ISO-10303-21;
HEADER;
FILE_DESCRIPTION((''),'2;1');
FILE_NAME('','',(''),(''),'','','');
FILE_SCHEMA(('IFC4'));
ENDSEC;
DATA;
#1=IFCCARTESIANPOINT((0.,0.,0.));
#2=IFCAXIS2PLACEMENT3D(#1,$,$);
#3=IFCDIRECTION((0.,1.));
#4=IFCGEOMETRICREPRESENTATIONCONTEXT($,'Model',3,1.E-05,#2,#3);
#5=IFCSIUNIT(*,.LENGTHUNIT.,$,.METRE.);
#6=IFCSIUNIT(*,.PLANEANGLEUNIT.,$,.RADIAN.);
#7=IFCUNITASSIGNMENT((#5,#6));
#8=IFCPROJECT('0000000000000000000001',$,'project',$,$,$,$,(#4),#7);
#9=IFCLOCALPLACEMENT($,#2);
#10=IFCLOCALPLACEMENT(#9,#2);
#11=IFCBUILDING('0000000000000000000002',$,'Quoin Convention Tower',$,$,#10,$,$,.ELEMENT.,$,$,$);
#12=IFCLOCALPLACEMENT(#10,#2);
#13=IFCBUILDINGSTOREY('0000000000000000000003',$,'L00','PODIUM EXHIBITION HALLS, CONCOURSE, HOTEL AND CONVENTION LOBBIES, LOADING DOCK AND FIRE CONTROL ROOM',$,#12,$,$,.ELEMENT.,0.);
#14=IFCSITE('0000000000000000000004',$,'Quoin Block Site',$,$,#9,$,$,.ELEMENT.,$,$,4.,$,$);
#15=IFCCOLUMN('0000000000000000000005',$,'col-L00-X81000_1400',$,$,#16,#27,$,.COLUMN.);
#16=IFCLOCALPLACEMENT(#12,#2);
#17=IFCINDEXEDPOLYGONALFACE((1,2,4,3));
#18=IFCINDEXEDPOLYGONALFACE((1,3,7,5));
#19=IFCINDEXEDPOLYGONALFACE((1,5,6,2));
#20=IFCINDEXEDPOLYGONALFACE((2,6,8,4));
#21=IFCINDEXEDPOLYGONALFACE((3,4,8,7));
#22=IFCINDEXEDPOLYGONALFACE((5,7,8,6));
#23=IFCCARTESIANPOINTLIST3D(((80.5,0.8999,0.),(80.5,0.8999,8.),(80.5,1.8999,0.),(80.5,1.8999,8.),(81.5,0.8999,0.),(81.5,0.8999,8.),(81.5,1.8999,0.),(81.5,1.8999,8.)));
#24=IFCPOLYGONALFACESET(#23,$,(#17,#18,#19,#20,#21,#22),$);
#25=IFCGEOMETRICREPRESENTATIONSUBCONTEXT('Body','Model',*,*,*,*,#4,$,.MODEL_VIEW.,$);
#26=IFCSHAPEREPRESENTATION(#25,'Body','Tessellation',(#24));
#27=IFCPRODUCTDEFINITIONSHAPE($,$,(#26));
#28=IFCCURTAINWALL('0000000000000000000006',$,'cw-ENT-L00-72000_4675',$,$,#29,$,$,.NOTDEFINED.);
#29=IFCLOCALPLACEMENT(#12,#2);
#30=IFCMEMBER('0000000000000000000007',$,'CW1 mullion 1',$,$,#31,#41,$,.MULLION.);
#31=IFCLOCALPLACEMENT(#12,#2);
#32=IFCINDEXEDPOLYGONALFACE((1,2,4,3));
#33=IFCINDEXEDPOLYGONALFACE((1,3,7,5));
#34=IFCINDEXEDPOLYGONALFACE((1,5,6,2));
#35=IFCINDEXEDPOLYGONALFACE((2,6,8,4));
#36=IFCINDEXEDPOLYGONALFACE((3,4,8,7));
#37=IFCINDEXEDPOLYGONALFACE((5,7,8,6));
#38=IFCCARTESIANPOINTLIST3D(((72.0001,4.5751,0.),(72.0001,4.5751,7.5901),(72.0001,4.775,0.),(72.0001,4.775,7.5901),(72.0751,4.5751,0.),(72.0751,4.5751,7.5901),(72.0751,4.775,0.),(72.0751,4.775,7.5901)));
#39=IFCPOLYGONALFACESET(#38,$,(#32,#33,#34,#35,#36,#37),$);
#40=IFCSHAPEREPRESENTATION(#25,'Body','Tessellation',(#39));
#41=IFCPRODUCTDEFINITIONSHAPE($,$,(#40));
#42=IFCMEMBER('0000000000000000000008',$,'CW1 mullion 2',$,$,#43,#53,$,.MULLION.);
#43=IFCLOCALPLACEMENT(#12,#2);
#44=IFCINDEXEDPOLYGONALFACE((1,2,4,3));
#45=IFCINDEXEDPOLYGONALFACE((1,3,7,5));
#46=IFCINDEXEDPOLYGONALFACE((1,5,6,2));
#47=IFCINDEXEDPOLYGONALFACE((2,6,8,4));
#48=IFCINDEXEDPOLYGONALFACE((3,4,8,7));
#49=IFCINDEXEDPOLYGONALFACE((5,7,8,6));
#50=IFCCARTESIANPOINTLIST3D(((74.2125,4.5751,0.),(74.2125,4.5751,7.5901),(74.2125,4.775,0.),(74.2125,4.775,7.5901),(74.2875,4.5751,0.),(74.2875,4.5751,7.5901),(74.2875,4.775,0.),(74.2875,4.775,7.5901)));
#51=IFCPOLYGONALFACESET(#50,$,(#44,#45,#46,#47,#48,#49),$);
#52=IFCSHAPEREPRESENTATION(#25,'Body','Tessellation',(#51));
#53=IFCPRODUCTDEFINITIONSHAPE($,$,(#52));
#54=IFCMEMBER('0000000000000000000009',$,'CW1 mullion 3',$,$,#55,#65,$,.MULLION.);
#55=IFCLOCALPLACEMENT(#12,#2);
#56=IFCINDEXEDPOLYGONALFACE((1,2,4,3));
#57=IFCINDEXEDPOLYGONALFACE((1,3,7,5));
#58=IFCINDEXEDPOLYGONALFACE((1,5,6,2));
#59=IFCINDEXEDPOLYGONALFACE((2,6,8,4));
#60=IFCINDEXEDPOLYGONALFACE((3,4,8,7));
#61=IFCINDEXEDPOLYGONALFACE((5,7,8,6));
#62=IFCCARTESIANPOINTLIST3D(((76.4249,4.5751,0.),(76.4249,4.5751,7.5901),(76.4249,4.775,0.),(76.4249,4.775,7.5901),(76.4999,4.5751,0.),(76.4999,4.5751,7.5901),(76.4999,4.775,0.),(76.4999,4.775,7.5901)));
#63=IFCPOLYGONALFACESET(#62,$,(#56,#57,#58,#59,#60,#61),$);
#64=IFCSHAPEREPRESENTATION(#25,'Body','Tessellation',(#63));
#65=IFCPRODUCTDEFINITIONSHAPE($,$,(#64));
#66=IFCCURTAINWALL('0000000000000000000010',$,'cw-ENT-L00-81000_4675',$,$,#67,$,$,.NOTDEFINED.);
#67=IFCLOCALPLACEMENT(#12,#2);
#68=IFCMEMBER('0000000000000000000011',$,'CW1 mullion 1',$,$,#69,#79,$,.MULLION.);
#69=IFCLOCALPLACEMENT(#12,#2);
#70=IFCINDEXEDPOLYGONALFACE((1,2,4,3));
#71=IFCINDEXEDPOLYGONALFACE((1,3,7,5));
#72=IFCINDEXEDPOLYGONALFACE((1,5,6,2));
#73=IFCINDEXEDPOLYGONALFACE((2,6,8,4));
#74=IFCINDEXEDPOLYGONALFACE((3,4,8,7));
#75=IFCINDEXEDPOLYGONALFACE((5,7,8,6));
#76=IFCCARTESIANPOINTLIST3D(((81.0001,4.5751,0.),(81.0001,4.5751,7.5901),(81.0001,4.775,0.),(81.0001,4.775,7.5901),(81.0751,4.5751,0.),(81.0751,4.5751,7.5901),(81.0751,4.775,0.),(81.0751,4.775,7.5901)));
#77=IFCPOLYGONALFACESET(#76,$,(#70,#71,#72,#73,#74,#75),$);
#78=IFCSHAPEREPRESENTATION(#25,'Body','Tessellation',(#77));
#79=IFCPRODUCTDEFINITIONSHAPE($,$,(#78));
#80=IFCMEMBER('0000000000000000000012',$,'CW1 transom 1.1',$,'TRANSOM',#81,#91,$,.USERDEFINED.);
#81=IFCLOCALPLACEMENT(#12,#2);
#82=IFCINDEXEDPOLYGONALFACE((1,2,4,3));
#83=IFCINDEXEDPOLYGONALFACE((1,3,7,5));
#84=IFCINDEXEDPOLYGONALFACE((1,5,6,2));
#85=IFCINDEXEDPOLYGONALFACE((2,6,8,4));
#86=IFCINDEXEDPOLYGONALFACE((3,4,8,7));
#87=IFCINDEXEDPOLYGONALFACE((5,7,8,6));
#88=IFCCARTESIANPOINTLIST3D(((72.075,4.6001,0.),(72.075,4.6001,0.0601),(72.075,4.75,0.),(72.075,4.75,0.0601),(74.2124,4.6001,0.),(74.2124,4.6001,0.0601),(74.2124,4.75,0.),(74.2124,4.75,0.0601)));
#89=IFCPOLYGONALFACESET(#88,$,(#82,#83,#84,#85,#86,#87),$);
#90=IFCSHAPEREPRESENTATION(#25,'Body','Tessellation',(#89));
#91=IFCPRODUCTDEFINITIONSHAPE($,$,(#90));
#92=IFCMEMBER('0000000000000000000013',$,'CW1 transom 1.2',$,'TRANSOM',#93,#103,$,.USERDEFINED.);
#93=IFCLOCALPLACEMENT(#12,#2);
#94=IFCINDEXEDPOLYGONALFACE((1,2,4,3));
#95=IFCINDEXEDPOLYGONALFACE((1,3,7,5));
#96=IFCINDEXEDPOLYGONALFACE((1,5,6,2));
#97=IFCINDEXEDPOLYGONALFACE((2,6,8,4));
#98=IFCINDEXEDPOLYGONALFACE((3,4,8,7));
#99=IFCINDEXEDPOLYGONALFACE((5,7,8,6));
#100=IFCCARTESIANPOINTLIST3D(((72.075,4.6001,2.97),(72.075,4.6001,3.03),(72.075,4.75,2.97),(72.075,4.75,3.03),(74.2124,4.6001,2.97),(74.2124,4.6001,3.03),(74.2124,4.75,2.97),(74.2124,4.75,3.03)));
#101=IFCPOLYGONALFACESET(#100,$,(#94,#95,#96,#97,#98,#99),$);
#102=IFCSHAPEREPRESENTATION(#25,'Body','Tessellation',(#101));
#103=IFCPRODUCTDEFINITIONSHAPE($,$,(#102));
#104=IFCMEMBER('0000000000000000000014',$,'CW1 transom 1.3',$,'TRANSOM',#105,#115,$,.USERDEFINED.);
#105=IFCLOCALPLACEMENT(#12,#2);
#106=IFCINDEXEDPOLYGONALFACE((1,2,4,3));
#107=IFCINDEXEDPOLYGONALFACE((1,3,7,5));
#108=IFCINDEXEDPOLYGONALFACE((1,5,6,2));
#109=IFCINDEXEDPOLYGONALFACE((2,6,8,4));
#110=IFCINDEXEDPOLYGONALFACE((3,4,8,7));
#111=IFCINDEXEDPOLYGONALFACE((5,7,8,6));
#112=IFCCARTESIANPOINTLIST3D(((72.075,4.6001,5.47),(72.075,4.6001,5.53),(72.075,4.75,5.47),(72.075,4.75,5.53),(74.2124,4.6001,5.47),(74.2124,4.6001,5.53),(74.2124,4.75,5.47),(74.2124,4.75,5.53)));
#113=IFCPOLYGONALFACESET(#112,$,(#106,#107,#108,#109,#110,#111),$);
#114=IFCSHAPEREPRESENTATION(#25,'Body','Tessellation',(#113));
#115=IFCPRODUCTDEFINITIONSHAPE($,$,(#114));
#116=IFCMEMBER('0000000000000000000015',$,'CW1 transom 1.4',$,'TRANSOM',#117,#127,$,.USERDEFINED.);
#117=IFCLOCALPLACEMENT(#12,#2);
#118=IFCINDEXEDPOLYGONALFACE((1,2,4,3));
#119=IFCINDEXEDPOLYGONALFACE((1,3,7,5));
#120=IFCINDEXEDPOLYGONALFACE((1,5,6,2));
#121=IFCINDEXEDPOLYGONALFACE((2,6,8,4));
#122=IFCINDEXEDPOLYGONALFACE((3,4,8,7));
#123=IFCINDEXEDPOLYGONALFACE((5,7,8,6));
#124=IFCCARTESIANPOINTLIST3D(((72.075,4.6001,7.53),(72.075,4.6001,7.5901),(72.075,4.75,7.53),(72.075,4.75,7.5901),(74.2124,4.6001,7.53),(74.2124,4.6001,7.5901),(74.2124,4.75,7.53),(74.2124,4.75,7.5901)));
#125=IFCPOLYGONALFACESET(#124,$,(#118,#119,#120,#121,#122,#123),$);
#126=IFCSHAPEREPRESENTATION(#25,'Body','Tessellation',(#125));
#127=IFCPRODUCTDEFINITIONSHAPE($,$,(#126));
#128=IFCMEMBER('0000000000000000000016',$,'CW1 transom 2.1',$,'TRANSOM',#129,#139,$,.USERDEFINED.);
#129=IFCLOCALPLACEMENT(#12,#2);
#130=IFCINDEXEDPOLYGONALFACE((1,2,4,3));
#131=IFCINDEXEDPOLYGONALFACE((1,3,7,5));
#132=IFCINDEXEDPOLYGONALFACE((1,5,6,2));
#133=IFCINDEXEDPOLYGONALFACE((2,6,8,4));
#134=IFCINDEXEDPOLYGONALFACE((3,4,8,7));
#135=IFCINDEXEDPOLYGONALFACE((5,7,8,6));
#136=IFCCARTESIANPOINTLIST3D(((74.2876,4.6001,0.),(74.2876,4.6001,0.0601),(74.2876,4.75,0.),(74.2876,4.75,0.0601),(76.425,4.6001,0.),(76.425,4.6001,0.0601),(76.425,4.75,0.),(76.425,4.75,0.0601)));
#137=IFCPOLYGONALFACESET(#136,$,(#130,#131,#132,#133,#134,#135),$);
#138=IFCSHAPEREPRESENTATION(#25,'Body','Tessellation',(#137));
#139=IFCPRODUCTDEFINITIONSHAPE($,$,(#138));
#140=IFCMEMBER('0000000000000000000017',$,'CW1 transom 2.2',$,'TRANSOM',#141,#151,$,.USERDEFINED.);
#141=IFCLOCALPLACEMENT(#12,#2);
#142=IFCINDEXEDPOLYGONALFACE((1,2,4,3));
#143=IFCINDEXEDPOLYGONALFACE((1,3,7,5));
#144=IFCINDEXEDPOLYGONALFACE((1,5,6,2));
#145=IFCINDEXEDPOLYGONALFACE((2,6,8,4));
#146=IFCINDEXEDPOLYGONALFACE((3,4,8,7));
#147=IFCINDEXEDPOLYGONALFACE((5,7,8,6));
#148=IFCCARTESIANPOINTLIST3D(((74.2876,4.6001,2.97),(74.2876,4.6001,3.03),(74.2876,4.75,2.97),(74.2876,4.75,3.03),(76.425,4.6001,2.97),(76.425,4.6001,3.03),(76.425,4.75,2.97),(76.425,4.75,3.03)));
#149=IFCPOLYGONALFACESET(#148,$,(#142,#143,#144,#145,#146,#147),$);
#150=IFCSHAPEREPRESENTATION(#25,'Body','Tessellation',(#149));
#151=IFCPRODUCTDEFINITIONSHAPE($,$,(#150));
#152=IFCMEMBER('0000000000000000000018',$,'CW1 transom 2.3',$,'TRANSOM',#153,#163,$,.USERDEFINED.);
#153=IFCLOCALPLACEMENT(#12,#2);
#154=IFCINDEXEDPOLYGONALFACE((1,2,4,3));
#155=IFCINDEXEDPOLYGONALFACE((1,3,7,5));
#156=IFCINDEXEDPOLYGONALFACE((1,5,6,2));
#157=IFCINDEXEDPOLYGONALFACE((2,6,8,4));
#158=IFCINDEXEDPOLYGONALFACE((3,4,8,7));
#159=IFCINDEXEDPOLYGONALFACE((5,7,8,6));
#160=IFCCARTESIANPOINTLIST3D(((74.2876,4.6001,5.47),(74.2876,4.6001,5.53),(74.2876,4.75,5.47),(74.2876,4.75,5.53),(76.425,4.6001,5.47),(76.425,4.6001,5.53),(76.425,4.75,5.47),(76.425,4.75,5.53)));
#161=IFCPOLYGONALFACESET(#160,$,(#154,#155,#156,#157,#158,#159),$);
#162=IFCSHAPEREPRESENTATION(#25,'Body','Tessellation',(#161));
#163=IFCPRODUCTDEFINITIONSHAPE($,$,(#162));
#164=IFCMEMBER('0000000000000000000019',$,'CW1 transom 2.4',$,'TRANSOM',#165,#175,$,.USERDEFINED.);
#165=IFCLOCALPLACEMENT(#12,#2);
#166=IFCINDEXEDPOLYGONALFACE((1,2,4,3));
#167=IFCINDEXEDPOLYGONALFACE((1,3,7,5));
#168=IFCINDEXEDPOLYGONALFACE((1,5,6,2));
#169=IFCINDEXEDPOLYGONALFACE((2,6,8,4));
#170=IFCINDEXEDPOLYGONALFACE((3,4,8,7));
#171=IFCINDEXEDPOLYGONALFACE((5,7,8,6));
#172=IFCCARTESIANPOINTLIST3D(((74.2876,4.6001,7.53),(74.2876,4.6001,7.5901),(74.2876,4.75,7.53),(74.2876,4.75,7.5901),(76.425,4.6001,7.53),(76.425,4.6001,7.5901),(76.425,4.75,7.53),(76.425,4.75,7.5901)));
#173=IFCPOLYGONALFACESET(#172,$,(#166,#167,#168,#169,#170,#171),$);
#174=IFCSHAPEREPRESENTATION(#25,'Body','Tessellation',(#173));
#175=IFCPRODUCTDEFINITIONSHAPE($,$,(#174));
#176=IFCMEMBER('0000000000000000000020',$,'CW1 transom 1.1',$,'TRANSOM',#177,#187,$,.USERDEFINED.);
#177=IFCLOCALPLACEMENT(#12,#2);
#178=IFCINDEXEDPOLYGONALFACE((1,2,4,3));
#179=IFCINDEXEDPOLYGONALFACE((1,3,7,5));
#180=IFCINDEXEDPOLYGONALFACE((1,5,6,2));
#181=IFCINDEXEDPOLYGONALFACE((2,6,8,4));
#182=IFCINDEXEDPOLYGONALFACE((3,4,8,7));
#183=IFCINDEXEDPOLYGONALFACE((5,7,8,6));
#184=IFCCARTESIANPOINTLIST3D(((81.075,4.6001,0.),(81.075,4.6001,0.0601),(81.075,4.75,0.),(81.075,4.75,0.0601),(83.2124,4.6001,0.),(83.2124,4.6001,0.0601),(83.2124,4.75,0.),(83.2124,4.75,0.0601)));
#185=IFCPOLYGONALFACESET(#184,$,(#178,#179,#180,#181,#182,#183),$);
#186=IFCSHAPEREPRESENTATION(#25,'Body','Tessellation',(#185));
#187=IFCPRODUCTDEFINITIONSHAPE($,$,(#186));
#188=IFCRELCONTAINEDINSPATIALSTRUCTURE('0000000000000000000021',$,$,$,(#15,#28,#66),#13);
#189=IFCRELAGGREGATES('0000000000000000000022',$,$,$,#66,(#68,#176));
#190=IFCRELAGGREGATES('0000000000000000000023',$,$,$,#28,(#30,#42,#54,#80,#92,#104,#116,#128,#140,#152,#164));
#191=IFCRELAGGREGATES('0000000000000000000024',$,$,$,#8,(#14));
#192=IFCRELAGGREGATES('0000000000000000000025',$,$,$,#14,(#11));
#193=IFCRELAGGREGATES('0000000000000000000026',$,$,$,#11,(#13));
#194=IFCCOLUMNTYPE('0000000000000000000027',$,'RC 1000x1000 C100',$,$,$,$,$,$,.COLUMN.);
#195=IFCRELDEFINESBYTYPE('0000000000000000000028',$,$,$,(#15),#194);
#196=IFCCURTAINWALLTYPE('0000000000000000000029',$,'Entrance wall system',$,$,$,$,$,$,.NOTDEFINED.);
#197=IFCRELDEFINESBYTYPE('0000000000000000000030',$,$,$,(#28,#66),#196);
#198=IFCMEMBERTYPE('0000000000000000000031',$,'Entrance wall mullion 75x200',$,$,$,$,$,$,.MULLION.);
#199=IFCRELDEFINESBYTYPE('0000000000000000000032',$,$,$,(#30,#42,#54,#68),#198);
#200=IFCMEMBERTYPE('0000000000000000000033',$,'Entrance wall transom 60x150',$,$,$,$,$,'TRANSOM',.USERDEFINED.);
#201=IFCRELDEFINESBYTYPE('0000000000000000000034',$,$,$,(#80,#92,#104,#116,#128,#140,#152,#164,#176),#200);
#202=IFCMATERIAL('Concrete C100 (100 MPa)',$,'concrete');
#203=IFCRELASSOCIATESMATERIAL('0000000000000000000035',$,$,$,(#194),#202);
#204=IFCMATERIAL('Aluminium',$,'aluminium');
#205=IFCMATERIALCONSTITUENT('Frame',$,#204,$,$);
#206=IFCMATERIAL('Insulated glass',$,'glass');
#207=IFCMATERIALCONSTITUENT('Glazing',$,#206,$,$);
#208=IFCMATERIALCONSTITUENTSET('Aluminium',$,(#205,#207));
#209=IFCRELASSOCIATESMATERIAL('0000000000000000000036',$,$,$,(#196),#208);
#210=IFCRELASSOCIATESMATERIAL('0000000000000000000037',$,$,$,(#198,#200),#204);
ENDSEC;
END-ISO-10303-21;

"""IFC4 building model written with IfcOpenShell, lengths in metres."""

from ifc_helpers import new_model, si_unit, direction, frame, origin, origin_2d, place, context, subcontext, project, spatial, rectangle, extrude, material, constituent, constituent_set, material_profile, profile_set, type_object, element, aggregate, save


model = new_model("IFC4")

# Units and contexts
model_context = context("Model", 3, precision=1e-05, world=origin(), true_north=direction((0.0, 1.0)))
body_context = subcontext(model_context, "Body", "Model", "MODEL_VIEW")
ifc_project = project(units=[si_unit("LENGTHUNIT", "METRE"), si_unit("PLANEANGLEUNIT", "RADIAN")], contexts=[model_context])

# Site, building, storey
site_placement = place(None, origin())
site = spatial("IfcSite", under=ifc_project, at=site_placement, Name="Quoin Block Site", CompositionType="ELEMENT", RefElevation=4.0)
building_placement = place(site_placement, origin())
building = spatial("IfcBuilding", under=site, at=building_placement, Name="Quoin Convention Tower", CompositionType="ELEMENT")
storey_placement = place(building_placement, origin())
storey = spatial("IfcBuildingStorey", under=building, at=storey_placement, Name="L00", Description="PODIUM EXHIBITION HALLS, CONCOURSE, HOTEL AND CONVENTION LOBBIES, LOADING DOCK AND FIRE CONTROL ROOM", CompositionType="ELEMENT", Elevation=0.0)

# Column
ifc_material_1 = material(Name="Concrete C100 (100 MPa)", Category="concrete")
ifc_material_profile_1 = material_profile(ifc_material_1, rectangle(XDim=1.0, YDim=1.0, at=origin_2d()), Name="RC 1000x1000")
ifc_profile_set_1 = profile_set([ifc_material_profile_1], Name="Concrete C100 (100 MPa)")
column_type = type_object("IfcColumnType", Name="RC 1000x1000 C100", PredefinedType="COLUMN", material=ifc_profile_set_1)
column_placement = place(storey_placement, frame((81.0, 1.3999, 0.0), z_axis=(0.0, 0.0, 1.0), x_axis=(1.0, 0.0, 0.0)))
element("IfcColumn", 1, at=column_placement, inside=storey, type_object=column_type, Name="col-L00-X81000_1400", PredefinedType="COLUMN", context=body_context, shape_type="SweptSolid", body=[
    extrude(rectangle(XDim=1.0, YDim=1.0, at=origin_2d()), origin(), (0.0, 0.0, 1.0), 8.0),
])

# Curtain wall, members
ifc_material_2 = material(Name="Aluminium", Category="aluminium")
ifc_constituent_1 = constituent(ifc_material_2, Name="Frame")
ifc_material_3 = material(Name="Insulated glass", Category="glass")
ifc_constituent_2 = constituent(ifc_material_3, Name="Glazing")
ifc_constituent_set_1 = constituent_set(constituents=[ifc_constituent_1, ifc_constituent_2], Name="Aluminium")
curtain_wall_type = type_object("IfcCurtainWallType", Name="Entrance wall system", PredefinedType="NOTDEFINED", material=ifc_constituent_set_1)
curtain_wall_1_placement = place(storey_placement, origin())
curtain_wall_1 = element("IfcCurtainWall", 2, at=curtain_wall_1_placement, inside=storey, type_object=curtain_wall_type, Name="cw-ENT-L00-72000_4675", PredefinedType="NOTDEFINED")
ifc_material_profile_2 = material_profile(ifc_material_2, rectangle(XDim=0.2, YDim=0.075, at=origin_2d()), Name="Entrance wall mullion 75x200")
ifc_profile_set_2 = profile_set([ifc_material_profile_2], Name="Aluminium")
member_type_1 = type_object("IfcMemberType", Name="Entrance wall mullion 75x200", PredefinedType="MULLION", material=ifc_profile_set_2)
member_1_placement = place(storey_placement, frame((72.0376, 4.675, 0.0), z_axis=(0.0, 0.0, 1.0), x_axis=(0.0, 1.0, 0.0)))
member_1 = element("IfcMember", 3, at=member_1_placement, type_object=member_type_1, Name="CW1 mullion 1", PredefinedType="MULLION", context=body_context, shape_type="SweptSolid", body=[
    extrude(rectangle(XDim=0.2, YDim=0.075, at=origin_2d()), origin(), (0.0, 0.0, 1.0), 7.5901),
])
member_2_placement = place(storey_placement, frame((74.25, 4.675, 0.0), z_axis=(0.0, 0.0, 1.0), x_axis=(0.0, 1.0, 0.0)))
member_2 = element("IfcMember", 4, at=member_2_placement, type_object=member_type_1, Name="CW1 mullion 2", PredefinedType="MULLION", context=body_context, shape_type="SweptSolid", body=[
    extrude(rectangle(XDim=0.2, YDim=0.075, at=origin_2d()), origin(), (0.0, 0.0, 1.0), 7.5901),
])
member_3_placement = place(storey_placement, frame((76.4624, 4.675, 0.0), z_axis=(0.0, 0.0, 1.0), x_axis=(0.0, 1.0, 0.0)))
member_3 = element("IfcMember", 5, at=member_3_placement, type_object=member_type_1, Name="CW1 mullion 3", PredefinedType="MULLION", context=body_context, shape_type="SweptSolid", body=[
    extrude(rectangle(XDim=0.2, YDim=0.075, at=origin_2d()), origin(), (0.0, 0.0, 1.0), 7.5901),
])

# Curtain wall, member
curtain_wall_2_placement = place(storey_placement, origin())
curtain_wall_2 = element("IfcCurtainWall", 6, at=curtain_wall_2_placement, inside=storey, type_object=curtain_wall_type, Name="cw-ENT-L00-81000_4675", PredefinedType="NOTDEFINED")
member_4_placement = place(storey_placement, frame((81.0376, 4.675, 0.0), z_axis=(0.0, 0.0, 1.0), x_axis=(0.0, 1.0, 0.0)))
member_4 = element("IfcMember", 7, at=member_4_placement, type_object=member_type_1, Name="CW1 mullion 1", PredefinedType="MULLION", context=body_context, shape_type="SweptSolid", body=[
    extrude(rectangle(XDim=0.2, YDim=0.075, at=origin_2d()), origin(), (0.0, 0.0, 1.0), 7.5901),
])

# Members
ifc_material_profile_3 = material_profile(ifc_material_2, rectangle(XDim=0.1499, YDim=0.0601, at=origin_2d()), Name="Entrance wall transom 60x150")
ifc_profile_set_3 = profile_set([ifc_material_profile_3], Name="Aluminium")
member_type_2 = type_object("IfcMemberType", Name="Entrance wall transom 60x150", ElementType="TRANSOM", PredefinedType="USERDEFINED", material=ifc_profile_set_3)
member_5_placement = place(storey_placement, frame((72.075, 4.675, 0.03), z_axis=(1.0, 0.0, 0.0), x_axis=(0.0, 1.0, 0.0)))
member_5 = element("IfcMember", 8, at=member_5_placement, type_object=member_type_2, Name="CW1 transom 1.1", ObjectType="TRANSOM", PredefinedType="USERDEFINED", context=body_context, shape_type="SweptSolid", body=[
    extrude(rectangle(XDim=0.1499, YDim=0.0601, at=origin_2d()), origin(), (0.0, 0.0, 1.0), 2.1375),
])
member_6_placement = place(storey_placement, frame((72.075, 4.675, 3.0), z_axis=(1.0, 0.0, 0.0), x_axis=(0.0, 1.0, 0.0)))
member_6 = element("IfcMember", 9, at=member_6_placement, type_object=member_type_2, Name="CW1 transom 1.2", ObjectType="TRANSOM", PredefinedType="USERDEFINED", context=body_context, shape_type="SweptSolid", body=[
    extrude(rectangle(XDim=0.1499, YDim=0.0601, at=origin_2d()), origin(), (0.0, 0.0, 1.0), 2.1375),
])
member_7_placement = place(storey_placement, frame((72.075, 4.675, 5.5), z_axis=(1.0, 0.0, 0.0), x_axis=(0.0, 1.0, 0.0)))
member_7 = element("IfcMember", 10, at=member_7_placement, type_object=member_type_2, Name="CW1 transom 1.3", ObjectType="TRANSOM", PredefinedType="USERDEFINED", context=body_context, shape_type="SweptSolid", body=[
    extrude(rectangle(XDim=0.1499, YDim=0.0601, at=origin_2d()), origin(), (0.0, 0.0, 1.0), 2.1375),
])
member_8_placement = place(storey_placement, frame((72.075, 4.675, 7.5601), z_axis=(1.0, 0.0, 0.0), x_axis=(0.0, 1.0, 0.0)))
member_8 = element("IfcMember", 11, at=member_8_placement, type_object=member_type_2, Name="CW1 transom 1.4", ObjectType="TRANSOM", PredefinedType="USERDEFINED", context=body_context, shape_type="SweptSolid", body=[
    extrude(rectangle(XDim=0.1499, YDim=0.0601, at=origin_2d()), origin(), (0.0, 0.0, 1.0), 2.1375),
])
member_9_placement = place(storey_placement, frame((74.2876, 4.675, 0.03), z_axis=(1.0, 0.0, 0.0), x_axis=(0.0, 1.0, 0.0)))
member_9 = element("IfcMember", 12, at=member_9_placement, type_object=member_type_2, Name="CW1 transom 2.1", ObjectType="TRANSOM", PredefinedType="USERDEFINED", context=body_context, shape_type="SweptSolid", body=[
    extrude(rectangle(XDim=0.1499, YDim=0.0601, at=origin_2d()), origin(), (0.0, 0.0, 1.0), 2.1375),
])
member_10_placement = place(storey_placement, frame((74.2876, 4.675, 3.0), z_axis=(1.0, 0.0, 0.0), x_axis=(0.0, 1.0, 0.0)))
member_10 = element("IfcMember", 13, at=member_10_placement, type_object=member_type_2, Name="CW1 transom 2.2", ObjectType="TRANSOM", PredefinedType="USERDEFINED", context=body_context, shape_type="SweptSolid", body=[
    extrude(rectangle(XDim=0.1499, YDim=0.0601, at=origin_2d()), origin(), (0.0, 0.0, 1.0), 2.1375),
])
member_11_placement = place(storey_placement, frame((74.2876, 4.675, 5.5), z_axis=(1.0, 0.0, 0.0), x_axis=(0.0, 1.0, 0.0)))
member_11 = element("IfcMember", 14, at=member_11_placement, type_object=member_type_2, Name="CW1 transom 2.3", ObjectType="TRANSOM", PredefinedType="USERDEFINED", context=body_context, shape_type="SweptSolid", body=[
    extrude(rectangle(XDim=0.1499, YDim=0.0601, at=origin_2d()), origin(), (0.0, 0.0, 1.0), 2.1375),
])
member_12_placement = place(storey_placement, frame((74.2876, 4.675, 7.5601), z_axis=(1.0, 0.0, 0.0), x_axis=(0.0, 1.0, 0.0)))
member_12 = element("IfcMember", 15, at=member_12_placement, type_object=member_type_2, Name="CW1 transom 2.4", ObjectType="TRANSOM", PredefinedType="USERDEFINED", context=body_context, shape_type="SweptSolid", body=[
    extrude(rectangle(XDim=0.1499, YDim=0.0601, at=origin_2d()), origin(), (0.0, 0.0, 1.0), 2.1375),
])
member_13_placement = place(storey_placement, frame((81.075, 4.675, 0.03), z_axis=(1.0, 0.0, 0.0), x_axis=(0.0, 1.0, 0.0)))
member_13 = element("IfcMember", 16, at=member_13_placement, type_object=member_type_2, Name="CW1 transom 1.1", ObjectType="TRANSOM", PredefinedType="USERDEFINED", context=body_context, shape_type="SweptSolid", body=[
    extrude(rectangle(XDim=0.1499, YDim=0.0601, at=origin_2d()), origin(), (0.0, 0.0, 1.0), 2.1375),
])
aggregate(curtain_wall_2, [member_4, member_13])

aggregate(curtain_wall_1, [member_1, member_2, member_3, member_5, member_6, member_7, member_8, member_9, member_10, member_11, member_12])

save(model, "model.ifc")
